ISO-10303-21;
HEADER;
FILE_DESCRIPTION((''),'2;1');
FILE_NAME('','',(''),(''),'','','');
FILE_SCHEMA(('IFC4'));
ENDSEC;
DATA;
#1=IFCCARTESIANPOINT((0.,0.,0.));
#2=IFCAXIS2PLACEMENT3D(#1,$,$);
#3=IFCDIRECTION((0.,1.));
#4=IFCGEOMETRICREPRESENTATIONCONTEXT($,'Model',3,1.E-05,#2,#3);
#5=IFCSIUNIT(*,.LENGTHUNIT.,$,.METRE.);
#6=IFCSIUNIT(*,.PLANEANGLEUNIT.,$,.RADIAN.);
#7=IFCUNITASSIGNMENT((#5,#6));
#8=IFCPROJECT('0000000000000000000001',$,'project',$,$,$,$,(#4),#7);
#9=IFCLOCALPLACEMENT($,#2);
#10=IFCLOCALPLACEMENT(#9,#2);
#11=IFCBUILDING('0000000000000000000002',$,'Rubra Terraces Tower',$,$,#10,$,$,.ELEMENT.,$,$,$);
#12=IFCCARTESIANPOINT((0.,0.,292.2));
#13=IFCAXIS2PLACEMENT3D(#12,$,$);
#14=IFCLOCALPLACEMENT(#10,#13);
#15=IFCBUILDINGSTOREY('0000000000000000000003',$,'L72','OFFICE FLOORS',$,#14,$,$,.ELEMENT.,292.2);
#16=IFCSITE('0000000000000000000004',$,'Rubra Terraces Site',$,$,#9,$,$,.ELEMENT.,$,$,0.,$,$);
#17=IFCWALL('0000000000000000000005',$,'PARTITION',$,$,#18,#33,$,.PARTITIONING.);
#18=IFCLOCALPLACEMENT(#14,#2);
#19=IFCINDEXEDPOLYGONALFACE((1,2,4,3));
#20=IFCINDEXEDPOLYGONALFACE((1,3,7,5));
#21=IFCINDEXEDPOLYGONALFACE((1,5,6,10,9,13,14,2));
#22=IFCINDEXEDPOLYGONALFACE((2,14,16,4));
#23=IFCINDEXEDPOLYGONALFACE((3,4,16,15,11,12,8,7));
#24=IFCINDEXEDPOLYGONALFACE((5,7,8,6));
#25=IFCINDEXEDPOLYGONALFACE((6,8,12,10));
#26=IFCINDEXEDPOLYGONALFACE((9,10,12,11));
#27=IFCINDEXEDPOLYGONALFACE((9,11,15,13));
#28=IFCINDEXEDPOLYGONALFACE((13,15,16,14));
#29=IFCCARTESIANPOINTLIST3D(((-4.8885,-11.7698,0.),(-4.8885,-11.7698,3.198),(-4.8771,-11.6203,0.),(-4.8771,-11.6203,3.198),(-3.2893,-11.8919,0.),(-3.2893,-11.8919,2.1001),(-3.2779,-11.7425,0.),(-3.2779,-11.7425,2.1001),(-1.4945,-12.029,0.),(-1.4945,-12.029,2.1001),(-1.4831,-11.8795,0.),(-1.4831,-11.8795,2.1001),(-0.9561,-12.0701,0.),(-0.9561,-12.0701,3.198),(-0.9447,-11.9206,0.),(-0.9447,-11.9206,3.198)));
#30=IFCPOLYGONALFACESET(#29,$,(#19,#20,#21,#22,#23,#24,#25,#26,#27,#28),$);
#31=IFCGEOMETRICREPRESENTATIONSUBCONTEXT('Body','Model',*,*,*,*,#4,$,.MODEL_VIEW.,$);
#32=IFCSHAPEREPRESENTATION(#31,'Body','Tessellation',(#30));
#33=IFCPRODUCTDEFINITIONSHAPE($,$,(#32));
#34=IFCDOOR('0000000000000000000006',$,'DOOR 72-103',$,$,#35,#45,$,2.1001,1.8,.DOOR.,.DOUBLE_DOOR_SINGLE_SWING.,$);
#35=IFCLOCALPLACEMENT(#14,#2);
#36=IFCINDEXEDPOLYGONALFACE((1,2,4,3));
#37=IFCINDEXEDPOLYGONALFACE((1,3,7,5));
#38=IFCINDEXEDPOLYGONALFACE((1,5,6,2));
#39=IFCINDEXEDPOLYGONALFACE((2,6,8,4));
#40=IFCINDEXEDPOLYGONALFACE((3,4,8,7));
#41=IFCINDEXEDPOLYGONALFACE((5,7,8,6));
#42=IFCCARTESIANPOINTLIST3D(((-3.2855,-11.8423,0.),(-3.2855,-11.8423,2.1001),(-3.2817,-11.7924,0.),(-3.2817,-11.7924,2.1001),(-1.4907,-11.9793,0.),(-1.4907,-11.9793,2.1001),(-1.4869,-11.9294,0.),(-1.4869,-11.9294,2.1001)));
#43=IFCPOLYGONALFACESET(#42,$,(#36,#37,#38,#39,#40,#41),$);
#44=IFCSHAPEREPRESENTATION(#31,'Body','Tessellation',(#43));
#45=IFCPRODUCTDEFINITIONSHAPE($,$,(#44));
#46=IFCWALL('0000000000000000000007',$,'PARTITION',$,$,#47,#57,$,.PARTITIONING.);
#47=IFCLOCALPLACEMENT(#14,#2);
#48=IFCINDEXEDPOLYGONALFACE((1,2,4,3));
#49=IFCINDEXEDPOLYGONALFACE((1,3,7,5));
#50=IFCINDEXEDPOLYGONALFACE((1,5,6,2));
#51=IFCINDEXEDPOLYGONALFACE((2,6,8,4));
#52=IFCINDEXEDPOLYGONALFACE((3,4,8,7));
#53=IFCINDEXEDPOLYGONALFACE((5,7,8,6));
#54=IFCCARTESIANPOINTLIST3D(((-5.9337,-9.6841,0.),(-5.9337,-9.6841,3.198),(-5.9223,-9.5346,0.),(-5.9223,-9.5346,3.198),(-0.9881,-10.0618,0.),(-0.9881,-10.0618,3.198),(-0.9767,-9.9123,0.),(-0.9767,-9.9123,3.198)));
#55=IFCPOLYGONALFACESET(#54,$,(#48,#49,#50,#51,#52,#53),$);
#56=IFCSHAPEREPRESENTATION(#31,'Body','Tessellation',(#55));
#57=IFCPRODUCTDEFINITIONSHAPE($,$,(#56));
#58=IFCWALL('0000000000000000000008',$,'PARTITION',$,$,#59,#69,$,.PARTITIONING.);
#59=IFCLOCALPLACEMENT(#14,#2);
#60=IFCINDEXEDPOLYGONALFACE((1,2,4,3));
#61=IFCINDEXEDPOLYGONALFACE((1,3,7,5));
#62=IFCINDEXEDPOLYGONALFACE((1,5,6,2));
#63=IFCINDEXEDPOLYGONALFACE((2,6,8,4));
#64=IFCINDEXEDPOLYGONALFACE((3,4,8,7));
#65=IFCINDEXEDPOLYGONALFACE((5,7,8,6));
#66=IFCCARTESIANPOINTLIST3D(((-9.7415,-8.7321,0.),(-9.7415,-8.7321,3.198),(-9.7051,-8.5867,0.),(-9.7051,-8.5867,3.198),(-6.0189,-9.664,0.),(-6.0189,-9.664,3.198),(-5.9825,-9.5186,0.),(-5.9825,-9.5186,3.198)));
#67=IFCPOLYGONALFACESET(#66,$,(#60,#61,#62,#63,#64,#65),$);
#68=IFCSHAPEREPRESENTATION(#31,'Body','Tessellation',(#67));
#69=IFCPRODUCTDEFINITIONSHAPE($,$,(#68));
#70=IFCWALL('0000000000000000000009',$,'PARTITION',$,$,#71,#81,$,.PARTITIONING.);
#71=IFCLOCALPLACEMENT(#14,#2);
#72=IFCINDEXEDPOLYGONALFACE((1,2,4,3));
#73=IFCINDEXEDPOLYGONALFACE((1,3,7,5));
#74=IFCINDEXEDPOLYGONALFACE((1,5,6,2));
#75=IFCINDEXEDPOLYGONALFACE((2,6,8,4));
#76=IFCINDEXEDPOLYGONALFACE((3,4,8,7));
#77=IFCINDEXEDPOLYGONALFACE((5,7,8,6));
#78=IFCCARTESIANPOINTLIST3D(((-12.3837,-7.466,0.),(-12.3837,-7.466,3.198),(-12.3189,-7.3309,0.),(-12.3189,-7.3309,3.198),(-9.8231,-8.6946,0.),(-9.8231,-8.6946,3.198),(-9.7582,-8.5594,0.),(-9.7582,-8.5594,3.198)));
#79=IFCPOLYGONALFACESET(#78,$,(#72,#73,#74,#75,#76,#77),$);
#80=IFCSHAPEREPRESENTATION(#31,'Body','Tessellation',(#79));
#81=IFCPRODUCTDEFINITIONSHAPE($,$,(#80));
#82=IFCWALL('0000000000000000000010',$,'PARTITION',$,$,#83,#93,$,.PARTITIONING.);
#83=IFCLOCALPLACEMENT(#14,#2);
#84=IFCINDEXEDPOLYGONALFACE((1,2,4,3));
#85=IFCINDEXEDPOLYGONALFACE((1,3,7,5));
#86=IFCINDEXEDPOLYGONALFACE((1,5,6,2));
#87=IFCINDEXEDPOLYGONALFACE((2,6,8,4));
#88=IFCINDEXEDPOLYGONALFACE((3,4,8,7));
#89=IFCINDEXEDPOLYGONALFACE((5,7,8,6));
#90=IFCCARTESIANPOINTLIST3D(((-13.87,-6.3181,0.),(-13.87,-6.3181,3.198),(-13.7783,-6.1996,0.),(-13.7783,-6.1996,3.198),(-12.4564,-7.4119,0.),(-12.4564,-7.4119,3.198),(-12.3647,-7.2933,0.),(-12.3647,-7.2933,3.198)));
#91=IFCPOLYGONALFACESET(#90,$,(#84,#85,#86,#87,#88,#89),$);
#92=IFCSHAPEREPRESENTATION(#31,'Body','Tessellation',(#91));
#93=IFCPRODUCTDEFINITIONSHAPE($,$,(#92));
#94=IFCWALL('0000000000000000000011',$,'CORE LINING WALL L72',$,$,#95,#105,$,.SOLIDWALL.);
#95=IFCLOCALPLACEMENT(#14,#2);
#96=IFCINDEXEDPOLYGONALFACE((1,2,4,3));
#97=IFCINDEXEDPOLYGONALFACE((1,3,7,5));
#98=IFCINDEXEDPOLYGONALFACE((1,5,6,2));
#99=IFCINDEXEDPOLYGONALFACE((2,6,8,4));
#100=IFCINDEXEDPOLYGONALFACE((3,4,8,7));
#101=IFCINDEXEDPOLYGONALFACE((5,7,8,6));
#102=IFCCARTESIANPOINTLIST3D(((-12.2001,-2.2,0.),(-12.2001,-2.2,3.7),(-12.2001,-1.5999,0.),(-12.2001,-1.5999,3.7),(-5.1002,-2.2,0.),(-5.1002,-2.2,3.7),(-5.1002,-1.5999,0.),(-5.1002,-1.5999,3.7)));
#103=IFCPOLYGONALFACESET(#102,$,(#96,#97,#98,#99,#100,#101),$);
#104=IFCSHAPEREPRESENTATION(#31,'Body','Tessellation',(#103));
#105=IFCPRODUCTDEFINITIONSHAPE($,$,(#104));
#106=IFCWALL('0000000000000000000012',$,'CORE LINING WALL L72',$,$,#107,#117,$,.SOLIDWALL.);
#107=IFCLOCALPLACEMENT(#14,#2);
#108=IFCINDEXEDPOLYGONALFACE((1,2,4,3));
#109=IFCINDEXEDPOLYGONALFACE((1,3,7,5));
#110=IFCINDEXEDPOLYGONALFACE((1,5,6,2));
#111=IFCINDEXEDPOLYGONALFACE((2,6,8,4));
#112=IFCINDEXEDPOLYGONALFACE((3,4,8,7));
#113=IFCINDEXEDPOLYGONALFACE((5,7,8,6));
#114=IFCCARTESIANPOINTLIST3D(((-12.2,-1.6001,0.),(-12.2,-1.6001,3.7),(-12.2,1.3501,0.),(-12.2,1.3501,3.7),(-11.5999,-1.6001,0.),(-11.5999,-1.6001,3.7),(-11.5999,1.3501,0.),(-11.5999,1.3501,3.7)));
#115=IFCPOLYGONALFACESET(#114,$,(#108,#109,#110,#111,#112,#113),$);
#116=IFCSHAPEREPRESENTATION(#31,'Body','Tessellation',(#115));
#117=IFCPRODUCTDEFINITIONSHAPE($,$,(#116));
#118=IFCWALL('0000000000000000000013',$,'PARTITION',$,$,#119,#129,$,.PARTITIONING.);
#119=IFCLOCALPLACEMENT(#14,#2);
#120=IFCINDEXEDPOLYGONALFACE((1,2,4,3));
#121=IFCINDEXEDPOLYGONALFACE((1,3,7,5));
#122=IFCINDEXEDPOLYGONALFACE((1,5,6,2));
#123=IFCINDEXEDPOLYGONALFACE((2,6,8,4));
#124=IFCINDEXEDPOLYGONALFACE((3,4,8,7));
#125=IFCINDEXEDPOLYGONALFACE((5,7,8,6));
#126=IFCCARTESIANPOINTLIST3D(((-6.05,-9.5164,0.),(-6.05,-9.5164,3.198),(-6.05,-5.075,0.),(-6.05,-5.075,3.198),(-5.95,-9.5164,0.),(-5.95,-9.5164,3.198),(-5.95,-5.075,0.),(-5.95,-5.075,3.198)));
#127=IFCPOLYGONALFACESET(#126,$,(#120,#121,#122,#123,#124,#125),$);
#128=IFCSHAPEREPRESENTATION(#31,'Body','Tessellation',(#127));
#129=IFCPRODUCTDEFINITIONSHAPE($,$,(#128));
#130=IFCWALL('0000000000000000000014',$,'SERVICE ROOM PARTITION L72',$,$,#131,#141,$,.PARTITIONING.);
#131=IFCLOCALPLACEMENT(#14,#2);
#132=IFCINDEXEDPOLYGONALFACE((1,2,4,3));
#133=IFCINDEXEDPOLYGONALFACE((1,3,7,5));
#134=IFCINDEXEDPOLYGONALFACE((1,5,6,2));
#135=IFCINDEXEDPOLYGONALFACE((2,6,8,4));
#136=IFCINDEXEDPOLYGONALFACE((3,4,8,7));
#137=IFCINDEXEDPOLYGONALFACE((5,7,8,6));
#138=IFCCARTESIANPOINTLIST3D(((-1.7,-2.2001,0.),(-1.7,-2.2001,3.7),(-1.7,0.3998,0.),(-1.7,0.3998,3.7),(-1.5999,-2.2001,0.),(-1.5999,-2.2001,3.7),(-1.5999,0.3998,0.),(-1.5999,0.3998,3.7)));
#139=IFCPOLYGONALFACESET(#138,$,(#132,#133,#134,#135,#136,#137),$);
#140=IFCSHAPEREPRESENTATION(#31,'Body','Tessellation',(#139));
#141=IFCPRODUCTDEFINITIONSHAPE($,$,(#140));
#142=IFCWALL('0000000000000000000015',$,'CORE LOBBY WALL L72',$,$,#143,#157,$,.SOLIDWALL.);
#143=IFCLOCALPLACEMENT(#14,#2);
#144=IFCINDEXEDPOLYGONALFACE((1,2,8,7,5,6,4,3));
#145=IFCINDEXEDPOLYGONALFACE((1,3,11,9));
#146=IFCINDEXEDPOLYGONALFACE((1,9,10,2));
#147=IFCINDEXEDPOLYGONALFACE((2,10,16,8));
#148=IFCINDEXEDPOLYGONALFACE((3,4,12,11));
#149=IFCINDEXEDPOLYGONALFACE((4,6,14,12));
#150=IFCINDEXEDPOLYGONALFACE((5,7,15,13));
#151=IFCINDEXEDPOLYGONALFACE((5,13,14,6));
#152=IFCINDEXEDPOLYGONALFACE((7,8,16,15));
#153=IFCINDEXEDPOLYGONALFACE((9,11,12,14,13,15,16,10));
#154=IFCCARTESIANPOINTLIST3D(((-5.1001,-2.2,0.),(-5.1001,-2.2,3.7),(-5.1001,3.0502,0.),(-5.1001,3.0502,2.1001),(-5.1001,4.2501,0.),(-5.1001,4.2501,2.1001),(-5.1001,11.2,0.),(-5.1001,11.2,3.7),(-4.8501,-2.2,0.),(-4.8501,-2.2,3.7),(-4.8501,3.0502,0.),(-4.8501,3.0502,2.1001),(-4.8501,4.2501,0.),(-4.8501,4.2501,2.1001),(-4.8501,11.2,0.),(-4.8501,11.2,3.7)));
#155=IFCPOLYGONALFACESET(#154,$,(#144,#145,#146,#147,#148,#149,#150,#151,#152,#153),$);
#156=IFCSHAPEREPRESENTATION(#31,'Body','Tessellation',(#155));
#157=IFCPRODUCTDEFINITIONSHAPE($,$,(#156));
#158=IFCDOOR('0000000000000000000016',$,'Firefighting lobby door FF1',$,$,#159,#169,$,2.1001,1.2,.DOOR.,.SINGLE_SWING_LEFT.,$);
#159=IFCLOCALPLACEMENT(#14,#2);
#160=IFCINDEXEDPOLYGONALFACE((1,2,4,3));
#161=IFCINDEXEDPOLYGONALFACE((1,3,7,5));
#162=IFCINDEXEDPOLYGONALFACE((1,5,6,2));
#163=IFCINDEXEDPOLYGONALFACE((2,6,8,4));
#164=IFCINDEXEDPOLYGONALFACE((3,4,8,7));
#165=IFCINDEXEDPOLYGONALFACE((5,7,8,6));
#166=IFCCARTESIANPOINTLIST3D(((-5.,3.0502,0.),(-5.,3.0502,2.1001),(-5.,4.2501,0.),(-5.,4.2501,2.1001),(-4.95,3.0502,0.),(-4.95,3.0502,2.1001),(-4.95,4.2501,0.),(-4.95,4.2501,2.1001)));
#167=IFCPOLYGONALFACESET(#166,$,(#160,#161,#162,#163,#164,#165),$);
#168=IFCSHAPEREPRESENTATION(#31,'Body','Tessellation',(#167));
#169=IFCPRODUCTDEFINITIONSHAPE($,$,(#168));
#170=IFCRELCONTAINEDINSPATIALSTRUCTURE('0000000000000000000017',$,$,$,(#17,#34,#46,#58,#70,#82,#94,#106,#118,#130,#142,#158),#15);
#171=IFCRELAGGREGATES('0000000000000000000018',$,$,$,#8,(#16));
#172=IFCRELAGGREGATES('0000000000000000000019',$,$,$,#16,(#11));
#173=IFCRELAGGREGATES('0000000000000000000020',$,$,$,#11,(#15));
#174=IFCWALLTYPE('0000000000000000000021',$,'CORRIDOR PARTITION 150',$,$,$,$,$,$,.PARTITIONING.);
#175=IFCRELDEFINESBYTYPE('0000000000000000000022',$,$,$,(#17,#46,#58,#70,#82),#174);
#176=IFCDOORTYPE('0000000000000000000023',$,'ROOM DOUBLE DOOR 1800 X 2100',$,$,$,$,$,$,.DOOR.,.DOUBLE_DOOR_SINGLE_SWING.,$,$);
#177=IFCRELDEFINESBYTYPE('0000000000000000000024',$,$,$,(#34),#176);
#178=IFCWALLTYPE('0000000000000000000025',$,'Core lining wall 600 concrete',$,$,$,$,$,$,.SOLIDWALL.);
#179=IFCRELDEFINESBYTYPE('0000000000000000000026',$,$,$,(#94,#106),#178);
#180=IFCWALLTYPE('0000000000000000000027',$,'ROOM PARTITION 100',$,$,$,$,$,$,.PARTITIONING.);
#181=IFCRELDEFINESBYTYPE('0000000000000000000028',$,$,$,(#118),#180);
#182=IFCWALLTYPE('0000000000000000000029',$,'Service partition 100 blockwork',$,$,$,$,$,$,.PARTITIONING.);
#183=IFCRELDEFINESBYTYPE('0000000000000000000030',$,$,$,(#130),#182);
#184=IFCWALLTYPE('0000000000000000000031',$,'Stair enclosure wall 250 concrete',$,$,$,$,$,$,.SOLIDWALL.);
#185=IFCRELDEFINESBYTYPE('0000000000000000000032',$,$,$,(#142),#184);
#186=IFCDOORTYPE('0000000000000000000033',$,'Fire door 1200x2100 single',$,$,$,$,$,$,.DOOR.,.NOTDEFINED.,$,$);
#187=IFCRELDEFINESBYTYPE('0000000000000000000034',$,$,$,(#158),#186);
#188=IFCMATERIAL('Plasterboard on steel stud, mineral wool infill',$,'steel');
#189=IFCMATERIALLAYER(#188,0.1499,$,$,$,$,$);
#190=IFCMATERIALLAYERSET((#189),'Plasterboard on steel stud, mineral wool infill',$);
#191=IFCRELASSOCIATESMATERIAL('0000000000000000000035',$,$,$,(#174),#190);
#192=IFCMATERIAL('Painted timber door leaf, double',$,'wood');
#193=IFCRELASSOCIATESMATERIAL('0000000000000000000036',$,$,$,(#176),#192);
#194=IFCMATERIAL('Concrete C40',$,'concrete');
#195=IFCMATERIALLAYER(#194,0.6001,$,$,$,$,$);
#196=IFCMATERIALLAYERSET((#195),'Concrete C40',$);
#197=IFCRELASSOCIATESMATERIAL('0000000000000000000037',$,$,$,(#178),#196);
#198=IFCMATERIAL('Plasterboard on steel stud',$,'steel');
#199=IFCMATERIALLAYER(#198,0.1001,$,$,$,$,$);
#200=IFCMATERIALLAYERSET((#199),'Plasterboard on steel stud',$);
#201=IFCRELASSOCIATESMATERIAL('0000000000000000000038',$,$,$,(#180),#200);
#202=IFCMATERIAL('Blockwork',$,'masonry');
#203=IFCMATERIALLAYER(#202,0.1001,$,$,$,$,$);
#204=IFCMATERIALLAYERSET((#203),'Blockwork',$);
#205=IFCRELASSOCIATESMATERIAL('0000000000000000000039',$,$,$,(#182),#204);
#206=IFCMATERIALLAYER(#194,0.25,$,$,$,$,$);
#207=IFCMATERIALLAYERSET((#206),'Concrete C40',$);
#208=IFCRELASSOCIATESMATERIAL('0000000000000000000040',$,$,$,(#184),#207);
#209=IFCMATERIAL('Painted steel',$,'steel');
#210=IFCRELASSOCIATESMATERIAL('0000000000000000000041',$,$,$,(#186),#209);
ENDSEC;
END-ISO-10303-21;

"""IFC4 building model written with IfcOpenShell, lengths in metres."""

from ifc_helpers import new_model, si_unit, direction, frame, frame_2d, origin, place, context, subcontext, project, spatial, rectangle, extrude, material, layer, layer_set, type_object, element, fill, save


model = new_model("IFC4")

# Units and contexts
model_context = context("Model", 3, precision=1e-05, world=origin(), true_north=direction((0.0, 1.0)))
body_context = subcontext(model_context, "Body", "Model", "MODEL_VIEW")
ifc_project = project(units=[si_unit("LENGTHUNIT", "METRE"), si_unit("PLANEANGLEUNIT", "RADIAN")], contexts=[model_context])

# Site, building, storey
site_placement = place(None, origin())
site = spatial("IfcSite", under=ifc_project, at=site_placement, Name="Rubra Terraces Site", CompositionType="ELEMENT", RefElevation=0.0)
building_placement = place(site_placement, origin())
building = spatial("IfcBuilding", under=site, at=building_placement, Name="Rubra Terraces Tower", CompositionType="ELEMENT")
storey_placement = place(building_placement, frame((0.0, 0.0, 292.2)))
storey = spatial("IfcBuildingStorey", under=building, at=storey_placement, Name="L72", Description="OFFICE FLOORS", CompositionType="ELEMENT", Elevation=292.2)

# Shared definitions
ifc_material_1 = material(Name="Concrete C40", Category="concrete")

# Shared definitions
ifc_material_2 = material(Name="Plasterboard on steel stud, mineral wool infill", Category="steel")
ifc_layer_1 = layer(ifc_material_2, 0.1499)
ifc_layer_set_1 = layer_set([ifc_layer_1], Name="Plasterboard on steel stud, mineral wool infill")
wall_type_1 = type_object("IfcWallType", Name="CORRIDOR PARTITION 150", PredefinedType="PARTITIONING", material=ifc_layer_set_1)

# Wall, opening, door
wall_1_placement = place(storey_placement, frame((-4.8828, -11.6951, 0.0), z_axis=(0.0, 0.0, 1.0), x_axis=(0.997097, -0.076143, 0.0)))
wall_1 = element("IfcWall", 1, at=wall_1_placement, inside=storey, type_object=wall_type_1, Name="PARTITION", PredefinedType="PARTITIONING", context=body_context, shape_type="SweptSolid", body=[
    extrude(rectangle(XDim=3.9438, YDim=0.1499, at=frame_2d((1.9719, 0.0))), origin(), (0.0, 0.0, 1.0), 3.198),
])
opening_1_placement = place(wall_1_placement, frame((1.604, 0.0, 0.0)))
opening_1 = element("IfcOpeningElement", 2, at=opening_1_placement, cuts=wall_1, PredefinedType="OPENING", context=body_context, shape_type="SweptSolid", body=[
    extrude(rectangle(XDim=1.8, YDim=2.1001, at=frame_2d((0.8999, 1.05))), frame((0.0, 0.085, 0.0), z_axis=(0.0, -1.0, 0.0), x_axis=(1.0, 0.0, 0.0)), (0.0, 0.0, 1.0), 0.1699),
])
ifc_material_3 = material(Name="Painted timber door leaf, double", Category="wood")
door_type_1 = type_object("IfcDoorType", Name="ROOM DOUBLE DOOR 1800 X 2100", OperationType="DOUBLE_DOOR_SINGLE_SWING", PredefinedType="DOOR", material=ifc_material_3)
door_1_placement = place(opening_1_placement, origin())
door_1 = element("IfcDoor", 3, at=door_1_placement, inside=storey, type_object=door_type_1, Name="DOOR 72-103", OperationType="DOUBLE_DOOR_SINGLE_SWING", OverallHeight=2.1001, OverallWidth=1.8, PredefinedType="DOOR", context=body_context, shape_type="SweptSolid", body=[
    extrude(rectangle(XDim=1.8, YDim=2.1001, at=frame_2d((0.8999, 1.05))), frame((0.0, 0.0249, 0.0), z_axis=(0.0, -1.0, 0.0), x_axis=(1.0, 0.0, 0.0)), (0.0, 0.0, 1.0), 0.05),
])
fill(opening_1, door_1)

# Walls
wall_2_placement = place(storey_placement, frame((-0.9824, -9.9871, 0.0), z_axis=(0.0, 0.0, 1.0), x_axis=(-0.997097, 0.076147, 0.0)))
element("IfcWall", 4, at=wall_2_placement, inside=storey, type_object=wall_type_1, Name="PARTITION", PredefinedType="PARTITIONING", context=body_context, shape_type="SweptSolid", body=[
    extrude(rectangle(XDim=4.96, YDim=0.1499, at=frame_2d((2.48, 0.0))), origin(), (0.0, 0.0, 1.0), 3.198),
])
wall_3_placement = place(storey_placement, frame((-6.0007, -9.5913, 0.0), z_axis=(0.0, 0.0, 1.0), x_axis=(-0.970064, 0.24285, 0.0)))
element("IfcWall", 5, at=wall_3_placement, inside=storey, type_object=wall_type_1, Name="PARTITION", PredefinedType="PARTITIONING", context=body_context, shape_type="SweptSolid", body=[
    extrude(rectangle(XDim=3.8374, YDim=0.1499, at=frame_2d((1.9187, 0.0))), origin(), (0.0, 0.0, 1.0), 3.198),
])
wall_4_placement = place(storey_placement, frame((-9.7908, -8.627, 0.0), z_axis=(0.0, 0.0, 1.0), x_axis=(-0.901598, 0.432575, 0.0)))
element("IfcWall", 6, at=wall_4_placement, inside=storey, type_object=wall_type_1, Name="PARTITION", PredefinedType="PARTITIONING", context=body_context, shape_type="SweptSolid", body=[
    extrude(rectangle(XDim=2.8401, YDim=0.1499, at=frame_2d((1.4199, 0.0))), origin(), (0.0, 0.0, 1.0), 3.198),
])
wall_5_placement = place(storey_placement, frame((-12.4106, -7.3525, 0.0), z_axis=(0.0, 0.0, 1.0), x_axis=(-0.790894, 0.611953, 0.0)))
element("IfcWall", 7, at=wall_5_placement, inside=storey, type_object=wall_type_1, Name="PARTITION", PredefinedType="PARTITIONING", context=body_context, shape_type="SweptSolid", body=[
    extrude(rectangle(XDim=1.7874, YDim=0.1499, at=frame_2d((0.8936, 0.0))), origin(), (0.0, 0.0, 1.0), 3.198),
])
ifc_layer_2 = layer(ifc_material_1, 0.6001)
ifc_layer_set_2 = layer_set([ifc_layer_2], Name="Concrete C40")
wall_type_2 = type_object("IfcWallType", Name="Core lining wall 600 concrete", PredefinedType="SOLIDWALL", material=ifc_layer_set_2)
wall_6_placement = place(storey_placement, frame((-12.2, -1.8999, 0.0), z_axis=(0.0, 0.0, 1.0), x_axis=(1.0, 0.0, 0.0)))
element("IfcWall", 8, at=wall_6_placement, inside=storey, type_object=wall_type_2, Name="CORE LINING WALL L72", PredefinedType="SOLIDWALL", context=body_context, shape_type="SweptSolid", body=[
    extrude(rectangle(XDim=7.0999, YDim=0.6001, at=frame_2d((3.5498, 0.0))), origin(), (0.0, 0.0, 1.0), 3.7),
])
wall_7_placement = place(storey_placement, frame((-11.8999, -1.6001, 0.0), z_axis=(0.0, 0.0, 1.0), x_axis=(0.0, 1.0, 0.0)))
element("IfcWall", 9, at=wall_7_placement, inside=storey, type_object=wall_type_2, Name="CORE LINING WALL L72", PredefinedType="SOLIDWALL", context=body_context, shape_type="SweptSolid", body=[
    extrude(rectangle(XDim=2.9502, YDim=0.6001, at=frame_2d((1.4751, 0.0))), origin(), (0.0, 0.0, 1.0), 3.7),
])
ifc_material_4 = material(Name="Plasterboard on steel stud", Category="steel")
ifc_layer_3 = layer(ifc_material_4, 0.1001)
ifc_layer_set_3 = layer_set([ifc_layer_3], Name="Plasterboard on steel stud")
wall_type_3 = type_object("IfcWallType", Name="ROOM PARTITION 100", PredefinedType="PARTITIONING", material=ifc_layer_set_3)
wall_8_placement = place(storey_placement, frame((-6.0, -9.5164, 0.0), z_axis=(0.0, 0.0, 1.0), x_axis=(0.0, 1.0, 0.0)))
element("IfcWall", 10, at=wall_8_placement, inside=storey, type_object=wall_type_3, Name="PARTITION", PredefinedType="PARTITIONING", context=body_context, shape_type="SweptSolid", body=[
    extrude(rectangle(XDim=4.4414, YDim=0.1001, at=frame_2d((2.2207, 0.0))), origin(), (0.0, 0.0, 1.0), 3.198),
])
ifc_material_5 = material(Name="Blockwork", Category="masonry")
ifc_layer_4 = layer(ifc_material_5, 0.1001)
ifc_layer_set_4 = layer_set([ifc_layer_4], Name="Blockwork")
wall_type_4 = type_object("IfcWallType", Name="Service partition 100 blockwork", PredefinedType="PARTITIONING", material=ifc_layer_set_4)
wall_9_placement = place(storey_placement, frame((-1.6499, -2.2, 0.0), z_axis=(0.0, 0.0, 1.0), x_axis=(0.0, 1.0, 0.0)))
element("IfcWall", 11, at=wall_9_placement, inside=storey, type_object=wall_type_4, Name="SERVICE ROOM PARTITION L72", PredefinedType="PARTITIONING", context=body_context, shape_type="SweptSolid", body=[
    extrude(rectangle(XDim=2.5999, YDim=0.1001, at=frame_2d((1.2998, 0.0))), origin(), (0.0, 0.0, 1.0), 3.7),
])

# Wall, opening, door
ifc_layer_5 = layer(ifc_material_1, 0.25)
ifc_layer_set_5 = layer_set([ifc_layer_5], Name="Concrete C40")
wall_type_5 = type_object("IfcWallType", Name="Stair enclosure wall 250 concrete", PredefinedType="SOLIDWALL", material=ifc_layer_set_5)
wall_10_placement = place(storey_placement, frame((-4.9751, -2.2, 0.0), z_axis=(0.0, 0.0, 1.0), x_axis=(0.0, 1.0, 0.0)))
wall_10 = element("IfcWall", 12, at=wall_10_placement, inside=storey, type_object=wall_type_5, Name="CORE LOBBY WALL L72", PredefinedType="SOLIDWALL", context=body_context, shape_type="SweptSolid", body=[
    extrude(rectangle(XDim=13.3999, YDim=0.25, at=frame_2d((6.7, 0.0))), origin(), (0.0, 0.0, 1.0), 3.7),
])
opening_2_placement = place(wall_10_placement, frame((5.25, 0.0, 0.0)))
opening_2 = element("IfcOpeningElement", 13, at=opening_2_placement, cuts=wall_10, PredefinedType="OPENING", context=body_context, shape_type="SweptSolid", body=[
    extrude(rectangle(XDim=1.2, YDim=2.1001, at=frame_2d((0.6001, 1.05))), frame((0.0, 0.135, 0.0), z_axis=(0.0, -1.0, 0.0), x_axis=(1.0, 0.0, 0.0)), (0.0, 0.0, 1.0), 0.27),
])
ifc_material_6 = material(Name="Painted steel", Category="steel")
door_type_2 = type_object("IfcDoorType", Name="Fire door 1200x2100 single", OperationType="NOTDEFINED", PredefinedType="DOOR", material=ifc_material_6)
door_2_placement = place(opening_2_placement, origin())
door_2 = element("IfcDoor", 14, at=door_2_placement, inside=storey, type_object=door_type_2, Name="Firefighting lobby door FF1", OperationType="SINGLE_SWING_LEFT", OverallHeight=2.1001, OverallWidth=1.2, PredefinedType="DOOR", context=body_context, shape_type="SweptSolid", body=[
    extrude(rectangle(XDim=1.2, YDim=2.1001, at=frame_2d((0.6001, 1.05))), frame((0.0, 0.0249, 0.0), z_axis=(0.0, -1.0, 0.0), x_axis=(1.0, 0.0, 0.0)), (0.0, 0.0, 1.0), 0.05),
])
fill(opening_2, door_2)

save(model, "model.ifc")
